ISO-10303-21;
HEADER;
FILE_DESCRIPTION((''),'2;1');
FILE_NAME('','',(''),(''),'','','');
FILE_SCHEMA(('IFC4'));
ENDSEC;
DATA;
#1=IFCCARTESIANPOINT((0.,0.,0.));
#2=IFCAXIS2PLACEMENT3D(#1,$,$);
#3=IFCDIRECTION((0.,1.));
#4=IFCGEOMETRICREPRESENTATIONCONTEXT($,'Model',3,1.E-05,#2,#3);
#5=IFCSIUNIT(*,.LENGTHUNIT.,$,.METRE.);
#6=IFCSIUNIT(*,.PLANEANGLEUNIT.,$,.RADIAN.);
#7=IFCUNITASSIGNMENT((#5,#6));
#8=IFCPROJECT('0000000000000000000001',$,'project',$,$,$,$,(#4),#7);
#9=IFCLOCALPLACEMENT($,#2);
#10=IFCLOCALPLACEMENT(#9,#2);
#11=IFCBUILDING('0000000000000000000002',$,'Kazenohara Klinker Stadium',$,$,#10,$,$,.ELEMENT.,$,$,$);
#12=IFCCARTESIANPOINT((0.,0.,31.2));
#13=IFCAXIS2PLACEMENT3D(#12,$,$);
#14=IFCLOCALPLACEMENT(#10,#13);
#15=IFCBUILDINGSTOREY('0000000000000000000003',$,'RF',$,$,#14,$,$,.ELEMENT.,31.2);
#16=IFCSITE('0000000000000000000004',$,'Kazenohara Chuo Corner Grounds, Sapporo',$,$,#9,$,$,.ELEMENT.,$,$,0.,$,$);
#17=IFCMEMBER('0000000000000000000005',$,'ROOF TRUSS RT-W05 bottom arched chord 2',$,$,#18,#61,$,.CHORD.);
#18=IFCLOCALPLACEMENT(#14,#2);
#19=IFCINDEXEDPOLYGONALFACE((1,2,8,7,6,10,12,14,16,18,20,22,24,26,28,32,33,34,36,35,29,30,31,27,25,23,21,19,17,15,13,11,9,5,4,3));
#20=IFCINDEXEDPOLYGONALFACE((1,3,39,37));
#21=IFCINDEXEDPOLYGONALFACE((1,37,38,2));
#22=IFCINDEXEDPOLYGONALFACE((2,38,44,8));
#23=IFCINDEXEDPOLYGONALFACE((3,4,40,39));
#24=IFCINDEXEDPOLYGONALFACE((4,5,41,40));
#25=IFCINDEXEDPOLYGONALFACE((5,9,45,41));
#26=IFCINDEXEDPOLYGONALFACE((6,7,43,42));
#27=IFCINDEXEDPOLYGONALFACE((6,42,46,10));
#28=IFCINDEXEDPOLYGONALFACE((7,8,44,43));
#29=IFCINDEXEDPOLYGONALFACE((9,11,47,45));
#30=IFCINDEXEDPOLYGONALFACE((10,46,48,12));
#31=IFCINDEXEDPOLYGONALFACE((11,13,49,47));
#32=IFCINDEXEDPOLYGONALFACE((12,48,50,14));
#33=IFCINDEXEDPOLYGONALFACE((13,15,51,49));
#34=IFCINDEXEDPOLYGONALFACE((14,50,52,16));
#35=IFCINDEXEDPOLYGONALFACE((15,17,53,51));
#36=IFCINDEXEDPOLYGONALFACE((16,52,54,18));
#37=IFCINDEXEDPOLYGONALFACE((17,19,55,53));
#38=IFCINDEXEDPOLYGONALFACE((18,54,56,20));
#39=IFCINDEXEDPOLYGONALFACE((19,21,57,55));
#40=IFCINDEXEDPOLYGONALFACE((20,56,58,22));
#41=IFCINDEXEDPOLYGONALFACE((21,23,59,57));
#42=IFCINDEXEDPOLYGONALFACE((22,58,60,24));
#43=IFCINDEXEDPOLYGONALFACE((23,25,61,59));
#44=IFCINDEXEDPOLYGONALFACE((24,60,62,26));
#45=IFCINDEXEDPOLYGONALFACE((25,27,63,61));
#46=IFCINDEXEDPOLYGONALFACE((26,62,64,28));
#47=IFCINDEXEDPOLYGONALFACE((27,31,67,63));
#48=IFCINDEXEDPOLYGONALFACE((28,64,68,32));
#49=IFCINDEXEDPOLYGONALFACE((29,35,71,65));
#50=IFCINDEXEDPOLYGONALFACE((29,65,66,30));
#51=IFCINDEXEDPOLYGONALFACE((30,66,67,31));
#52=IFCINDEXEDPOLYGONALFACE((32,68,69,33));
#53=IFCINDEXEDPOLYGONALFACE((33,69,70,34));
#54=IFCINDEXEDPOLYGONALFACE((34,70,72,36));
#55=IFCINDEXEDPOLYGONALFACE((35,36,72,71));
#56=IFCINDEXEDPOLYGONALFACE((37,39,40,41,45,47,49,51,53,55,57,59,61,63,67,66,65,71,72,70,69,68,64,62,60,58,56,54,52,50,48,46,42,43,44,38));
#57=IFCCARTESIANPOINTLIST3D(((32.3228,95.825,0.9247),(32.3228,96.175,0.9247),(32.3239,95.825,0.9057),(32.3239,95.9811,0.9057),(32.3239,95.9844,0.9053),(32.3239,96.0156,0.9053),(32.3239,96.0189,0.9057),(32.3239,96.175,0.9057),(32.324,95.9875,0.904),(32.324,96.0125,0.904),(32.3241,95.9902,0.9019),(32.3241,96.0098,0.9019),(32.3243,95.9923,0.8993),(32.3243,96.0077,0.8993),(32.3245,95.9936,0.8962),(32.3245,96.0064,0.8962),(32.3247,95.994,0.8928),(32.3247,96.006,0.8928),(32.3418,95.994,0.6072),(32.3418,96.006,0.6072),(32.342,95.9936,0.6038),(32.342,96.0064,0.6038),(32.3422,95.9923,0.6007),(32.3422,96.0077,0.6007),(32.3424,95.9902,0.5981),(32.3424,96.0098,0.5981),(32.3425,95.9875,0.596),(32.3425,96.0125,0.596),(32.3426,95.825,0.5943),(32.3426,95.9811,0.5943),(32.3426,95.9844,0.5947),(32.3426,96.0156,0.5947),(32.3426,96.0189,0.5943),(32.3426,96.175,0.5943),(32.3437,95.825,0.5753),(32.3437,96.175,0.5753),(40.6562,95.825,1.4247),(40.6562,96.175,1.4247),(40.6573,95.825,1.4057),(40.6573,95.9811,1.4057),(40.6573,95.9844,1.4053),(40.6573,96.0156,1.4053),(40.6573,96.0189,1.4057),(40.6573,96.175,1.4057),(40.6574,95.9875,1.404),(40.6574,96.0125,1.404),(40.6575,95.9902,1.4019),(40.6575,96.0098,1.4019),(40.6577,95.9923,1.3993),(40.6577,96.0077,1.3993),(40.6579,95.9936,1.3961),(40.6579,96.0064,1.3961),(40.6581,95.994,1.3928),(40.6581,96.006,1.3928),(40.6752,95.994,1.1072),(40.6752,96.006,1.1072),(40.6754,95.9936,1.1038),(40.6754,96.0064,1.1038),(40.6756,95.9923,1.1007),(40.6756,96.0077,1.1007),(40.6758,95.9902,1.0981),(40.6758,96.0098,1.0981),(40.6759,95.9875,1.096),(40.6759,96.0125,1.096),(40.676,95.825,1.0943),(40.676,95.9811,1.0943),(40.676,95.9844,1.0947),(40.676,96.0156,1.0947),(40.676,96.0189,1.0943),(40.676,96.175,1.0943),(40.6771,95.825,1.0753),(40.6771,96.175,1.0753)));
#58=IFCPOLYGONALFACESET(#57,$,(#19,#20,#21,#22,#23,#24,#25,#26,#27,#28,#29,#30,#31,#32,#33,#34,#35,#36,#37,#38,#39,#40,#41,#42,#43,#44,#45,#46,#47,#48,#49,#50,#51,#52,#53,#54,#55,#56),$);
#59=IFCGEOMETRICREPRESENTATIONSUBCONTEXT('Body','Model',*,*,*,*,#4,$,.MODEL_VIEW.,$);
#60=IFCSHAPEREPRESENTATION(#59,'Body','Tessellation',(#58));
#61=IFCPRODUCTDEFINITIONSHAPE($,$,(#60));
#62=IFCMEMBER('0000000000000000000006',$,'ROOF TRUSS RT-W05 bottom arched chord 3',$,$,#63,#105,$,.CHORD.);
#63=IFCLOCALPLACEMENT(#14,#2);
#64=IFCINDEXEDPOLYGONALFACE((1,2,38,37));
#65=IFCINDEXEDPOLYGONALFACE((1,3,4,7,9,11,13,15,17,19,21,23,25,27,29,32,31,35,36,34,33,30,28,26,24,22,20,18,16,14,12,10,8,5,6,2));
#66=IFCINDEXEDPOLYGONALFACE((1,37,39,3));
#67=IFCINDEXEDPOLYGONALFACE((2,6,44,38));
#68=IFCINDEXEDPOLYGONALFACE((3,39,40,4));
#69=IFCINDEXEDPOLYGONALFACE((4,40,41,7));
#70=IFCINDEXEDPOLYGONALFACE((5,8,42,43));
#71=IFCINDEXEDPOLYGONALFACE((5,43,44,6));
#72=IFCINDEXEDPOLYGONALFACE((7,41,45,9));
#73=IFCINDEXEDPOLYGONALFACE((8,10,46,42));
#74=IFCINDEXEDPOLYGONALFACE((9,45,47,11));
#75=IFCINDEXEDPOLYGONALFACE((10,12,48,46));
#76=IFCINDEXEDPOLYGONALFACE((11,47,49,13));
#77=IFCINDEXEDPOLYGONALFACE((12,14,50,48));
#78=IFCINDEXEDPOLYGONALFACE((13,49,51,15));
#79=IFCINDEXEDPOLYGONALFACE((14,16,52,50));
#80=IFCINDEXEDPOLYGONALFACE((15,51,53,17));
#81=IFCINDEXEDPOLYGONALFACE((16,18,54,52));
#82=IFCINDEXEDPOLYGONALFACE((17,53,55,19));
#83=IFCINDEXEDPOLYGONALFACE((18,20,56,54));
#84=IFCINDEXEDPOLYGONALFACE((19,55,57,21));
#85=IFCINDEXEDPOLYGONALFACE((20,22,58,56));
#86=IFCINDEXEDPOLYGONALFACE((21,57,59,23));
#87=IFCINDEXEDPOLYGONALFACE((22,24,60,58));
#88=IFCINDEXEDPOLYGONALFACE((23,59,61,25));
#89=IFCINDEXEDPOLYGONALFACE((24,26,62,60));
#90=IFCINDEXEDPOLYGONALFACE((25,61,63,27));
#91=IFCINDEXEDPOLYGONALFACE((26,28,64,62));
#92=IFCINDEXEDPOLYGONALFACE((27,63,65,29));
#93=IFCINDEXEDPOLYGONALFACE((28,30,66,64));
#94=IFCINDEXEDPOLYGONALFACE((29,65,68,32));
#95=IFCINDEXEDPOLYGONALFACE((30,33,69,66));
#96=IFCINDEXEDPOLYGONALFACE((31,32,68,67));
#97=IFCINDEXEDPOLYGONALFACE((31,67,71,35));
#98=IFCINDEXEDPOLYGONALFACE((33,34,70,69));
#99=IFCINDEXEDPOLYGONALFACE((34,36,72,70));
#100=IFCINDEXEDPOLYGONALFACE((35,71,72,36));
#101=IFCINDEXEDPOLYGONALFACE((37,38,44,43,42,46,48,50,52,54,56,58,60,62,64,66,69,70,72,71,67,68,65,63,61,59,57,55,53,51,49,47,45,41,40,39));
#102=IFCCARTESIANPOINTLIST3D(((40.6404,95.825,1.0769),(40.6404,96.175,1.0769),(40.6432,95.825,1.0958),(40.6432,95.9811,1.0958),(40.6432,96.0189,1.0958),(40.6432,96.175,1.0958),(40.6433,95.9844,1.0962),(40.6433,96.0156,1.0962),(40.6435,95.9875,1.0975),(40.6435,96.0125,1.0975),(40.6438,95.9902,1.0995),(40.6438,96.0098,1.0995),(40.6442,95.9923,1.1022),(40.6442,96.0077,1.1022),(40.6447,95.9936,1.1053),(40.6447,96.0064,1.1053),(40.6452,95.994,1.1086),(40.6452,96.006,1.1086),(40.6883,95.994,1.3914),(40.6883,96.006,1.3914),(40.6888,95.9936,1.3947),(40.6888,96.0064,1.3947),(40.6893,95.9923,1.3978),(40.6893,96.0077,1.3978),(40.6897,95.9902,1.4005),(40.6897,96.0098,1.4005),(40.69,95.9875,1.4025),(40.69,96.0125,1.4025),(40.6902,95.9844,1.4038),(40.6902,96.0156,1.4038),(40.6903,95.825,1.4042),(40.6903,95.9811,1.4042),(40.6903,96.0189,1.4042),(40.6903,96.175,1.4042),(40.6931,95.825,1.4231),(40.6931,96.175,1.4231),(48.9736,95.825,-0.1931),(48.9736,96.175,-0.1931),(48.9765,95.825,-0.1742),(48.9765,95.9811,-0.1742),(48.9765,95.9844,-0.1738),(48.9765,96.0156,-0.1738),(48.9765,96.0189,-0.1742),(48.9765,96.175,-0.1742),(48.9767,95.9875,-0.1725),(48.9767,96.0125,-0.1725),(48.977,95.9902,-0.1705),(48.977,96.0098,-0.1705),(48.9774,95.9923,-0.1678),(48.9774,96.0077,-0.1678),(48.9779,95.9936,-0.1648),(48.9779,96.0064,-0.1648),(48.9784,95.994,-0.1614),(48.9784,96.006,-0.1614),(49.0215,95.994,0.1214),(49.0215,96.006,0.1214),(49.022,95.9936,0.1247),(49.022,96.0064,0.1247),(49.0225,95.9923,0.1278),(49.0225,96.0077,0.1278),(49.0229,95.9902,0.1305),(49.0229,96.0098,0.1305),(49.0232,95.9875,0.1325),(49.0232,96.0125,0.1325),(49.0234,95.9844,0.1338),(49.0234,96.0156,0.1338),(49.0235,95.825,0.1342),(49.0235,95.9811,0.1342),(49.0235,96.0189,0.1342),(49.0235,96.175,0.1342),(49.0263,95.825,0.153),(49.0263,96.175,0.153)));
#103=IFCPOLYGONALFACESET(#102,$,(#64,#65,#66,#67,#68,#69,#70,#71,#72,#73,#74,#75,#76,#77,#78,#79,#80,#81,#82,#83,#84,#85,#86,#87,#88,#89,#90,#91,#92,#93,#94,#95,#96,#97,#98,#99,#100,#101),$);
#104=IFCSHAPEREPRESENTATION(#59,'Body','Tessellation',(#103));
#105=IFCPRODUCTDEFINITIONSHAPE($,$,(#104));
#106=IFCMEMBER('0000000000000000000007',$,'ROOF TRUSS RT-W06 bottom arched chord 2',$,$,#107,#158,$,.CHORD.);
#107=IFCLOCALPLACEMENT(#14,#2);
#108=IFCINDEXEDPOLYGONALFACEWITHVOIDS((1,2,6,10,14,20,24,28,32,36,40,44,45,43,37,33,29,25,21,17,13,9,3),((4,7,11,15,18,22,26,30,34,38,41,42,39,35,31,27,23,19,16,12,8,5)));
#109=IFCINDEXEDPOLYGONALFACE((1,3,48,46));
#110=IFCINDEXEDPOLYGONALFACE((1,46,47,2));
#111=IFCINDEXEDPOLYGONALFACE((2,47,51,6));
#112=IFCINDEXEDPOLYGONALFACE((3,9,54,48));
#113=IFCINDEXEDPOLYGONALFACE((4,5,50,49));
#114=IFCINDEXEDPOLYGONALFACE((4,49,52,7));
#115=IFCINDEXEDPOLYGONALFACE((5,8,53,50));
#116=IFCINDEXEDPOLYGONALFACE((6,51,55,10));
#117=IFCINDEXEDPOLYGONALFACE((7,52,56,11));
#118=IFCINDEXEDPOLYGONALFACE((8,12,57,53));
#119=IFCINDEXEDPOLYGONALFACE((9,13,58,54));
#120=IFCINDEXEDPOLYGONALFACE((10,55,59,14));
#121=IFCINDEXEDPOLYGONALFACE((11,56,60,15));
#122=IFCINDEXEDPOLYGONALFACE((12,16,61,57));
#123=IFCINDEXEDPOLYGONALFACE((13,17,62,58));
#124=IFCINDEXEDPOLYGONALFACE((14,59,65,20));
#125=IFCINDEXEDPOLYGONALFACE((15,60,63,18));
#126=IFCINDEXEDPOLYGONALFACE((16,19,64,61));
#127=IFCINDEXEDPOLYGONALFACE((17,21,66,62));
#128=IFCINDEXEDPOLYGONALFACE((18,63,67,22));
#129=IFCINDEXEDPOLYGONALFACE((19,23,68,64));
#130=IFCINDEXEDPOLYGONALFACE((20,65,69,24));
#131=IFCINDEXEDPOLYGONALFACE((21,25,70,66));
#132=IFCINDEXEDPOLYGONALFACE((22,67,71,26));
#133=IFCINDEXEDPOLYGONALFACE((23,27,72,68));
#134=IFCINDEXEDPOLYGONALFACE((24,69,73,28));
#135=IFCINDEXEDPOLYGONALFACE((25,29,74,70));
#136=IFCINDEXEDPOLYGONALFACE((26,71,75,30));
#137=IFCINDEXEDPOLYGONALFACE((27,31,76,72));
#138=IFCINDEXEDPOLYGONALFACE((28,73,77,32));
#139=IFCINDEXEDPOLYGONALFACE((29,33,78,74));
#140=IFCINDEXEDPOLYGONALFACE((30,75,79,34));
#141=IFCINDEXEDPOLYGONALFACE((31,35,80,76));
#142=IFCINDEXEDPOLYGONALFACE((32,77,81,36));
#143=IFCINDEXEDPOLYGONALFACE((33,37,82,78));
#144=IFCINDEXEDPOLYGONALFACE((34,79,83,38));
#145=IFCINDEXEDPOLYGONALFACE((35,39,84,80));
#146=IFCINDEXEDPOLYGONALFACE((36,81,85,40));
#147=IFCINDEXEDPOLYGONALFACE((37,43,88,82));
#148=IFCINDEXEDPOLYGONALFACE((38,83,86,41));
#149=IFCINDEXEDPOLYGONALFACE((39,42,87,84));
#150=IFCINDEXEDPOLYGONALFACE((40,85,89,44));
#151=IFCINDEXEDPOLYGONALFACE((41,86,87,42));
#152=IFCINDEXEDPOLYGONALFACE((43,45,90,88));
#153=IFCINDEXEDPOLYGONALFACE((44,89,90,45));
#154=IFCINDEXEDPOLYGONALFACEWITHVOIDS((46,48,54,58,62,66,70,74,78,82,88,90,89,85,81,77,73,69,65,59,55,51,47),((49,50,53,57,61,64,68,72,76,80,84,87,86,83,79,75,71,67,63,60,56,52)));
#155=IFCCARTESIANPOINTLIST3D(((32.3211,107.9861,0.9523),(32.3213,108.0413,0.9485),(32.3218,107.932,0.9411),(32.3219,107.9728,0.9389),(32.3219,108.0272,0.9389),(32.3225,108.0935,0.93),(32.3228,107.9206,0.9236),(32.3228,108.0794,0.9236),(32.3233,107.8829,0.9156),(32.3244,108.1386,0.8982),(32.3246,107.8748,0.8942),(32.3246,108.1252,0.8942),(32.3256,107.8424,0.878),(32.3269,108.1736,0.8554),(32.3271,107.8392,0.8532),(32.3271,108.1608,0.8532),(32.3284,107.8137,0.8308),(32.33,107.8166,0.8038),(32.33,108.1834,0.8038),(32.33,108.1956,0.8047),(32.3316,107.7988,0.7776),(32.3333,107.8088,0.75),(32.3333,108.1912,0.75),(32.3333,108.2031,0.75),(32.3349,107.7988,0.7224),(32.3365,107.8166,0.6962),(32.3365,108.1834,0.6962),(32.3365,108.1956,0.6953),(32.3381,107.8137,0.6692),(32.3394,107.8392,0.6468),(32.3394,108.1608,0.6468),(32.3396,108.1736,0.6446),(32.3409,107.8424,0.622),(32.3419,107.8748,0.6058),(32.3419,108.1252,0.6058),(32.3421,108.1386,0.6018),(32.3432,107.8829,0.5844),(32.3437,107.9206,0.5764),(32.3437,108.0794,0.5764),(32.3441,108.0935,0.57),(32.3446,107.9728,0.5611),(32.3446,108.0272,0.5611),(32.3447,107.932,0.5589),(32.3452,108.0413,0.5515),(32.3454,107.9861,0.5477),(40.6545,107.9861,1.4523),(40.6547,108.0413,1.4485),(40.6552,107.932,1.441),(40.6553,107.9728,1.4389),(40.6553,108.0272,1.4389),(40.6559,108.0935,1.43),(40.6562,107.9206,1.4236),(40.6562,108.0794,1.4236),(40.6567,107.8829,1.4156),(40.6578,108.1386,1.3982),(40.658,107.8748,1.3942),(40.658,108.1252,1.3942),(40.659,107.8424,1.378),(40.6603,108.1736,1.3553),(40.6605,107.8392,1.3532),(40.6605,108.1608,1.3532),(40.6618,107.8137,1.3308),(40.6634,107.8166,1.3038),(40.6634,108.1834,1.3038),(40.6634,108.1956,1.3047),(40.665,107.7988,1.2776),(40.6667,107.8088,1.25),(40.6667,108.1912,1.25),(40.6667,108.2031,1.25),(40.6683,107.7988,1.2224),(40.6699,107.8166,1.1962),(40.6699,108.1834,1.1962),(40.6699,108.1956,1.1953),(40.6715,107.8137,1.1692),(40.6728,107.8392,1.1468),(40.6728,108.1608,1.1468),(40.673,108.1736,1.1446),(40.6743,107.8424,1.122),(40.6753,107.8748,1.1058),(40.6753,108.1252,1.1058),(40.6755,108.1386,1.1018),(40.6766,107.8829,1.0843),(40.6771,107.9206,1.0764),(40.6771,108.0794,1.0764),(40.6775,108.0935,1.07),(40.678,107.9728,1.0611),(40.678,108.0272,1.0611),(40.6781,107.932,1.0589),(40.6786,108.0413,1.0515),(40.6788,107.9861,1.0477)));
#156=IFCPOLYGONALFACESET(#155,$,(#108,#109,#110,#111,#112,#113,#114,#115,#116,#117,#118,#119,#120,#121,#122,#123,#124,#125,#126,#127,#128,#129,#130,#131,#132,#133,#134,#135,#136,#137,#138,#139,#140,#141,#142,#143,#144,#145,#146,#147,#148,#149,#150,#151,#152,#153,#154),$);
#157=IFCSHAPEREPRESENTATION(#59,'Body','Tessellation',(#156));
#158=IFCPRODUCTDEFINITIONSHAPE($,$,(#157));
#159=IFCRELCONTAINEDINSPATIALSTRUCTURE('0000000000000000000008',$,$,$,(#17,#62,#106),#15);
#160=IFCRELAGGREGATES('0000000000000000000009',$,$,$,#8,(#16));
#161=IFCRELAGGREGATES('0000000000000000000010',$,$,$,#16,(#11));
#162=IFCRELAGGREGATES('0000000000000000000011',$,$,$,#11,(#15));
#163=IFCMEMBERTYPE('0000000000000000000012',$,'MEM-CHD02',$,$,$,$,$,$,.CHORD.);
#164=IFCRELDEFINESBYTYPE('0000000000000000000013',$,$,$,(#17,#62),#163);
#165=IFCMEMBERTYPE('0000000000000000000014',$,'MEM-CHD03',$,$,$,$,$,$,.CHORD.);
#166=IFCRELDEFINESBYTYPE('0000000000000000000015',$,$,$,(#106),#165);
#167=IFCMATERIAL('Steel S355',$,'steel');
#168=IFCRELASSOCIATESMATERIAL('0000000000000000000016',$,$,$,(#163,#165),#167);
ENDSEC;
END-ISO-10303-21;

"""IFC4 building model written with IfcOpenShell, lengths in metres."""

from ifc_helpers import new_model, si_unit, direction, frame, origin, origin_2d, place, context, subcontext, project, spatial, hollow_circle, i_section, extrude, material, material_profile, profile_set, type_object, element, save


model = new_model("IFC4")

# Units and contexts
model_context = context("Model", 3, precision=1e-05, world=origin(), true_north=direction((0.0, 1.0)))
body_context = subcontext(model_context, "Body", "Model", "MODEL_VIEW")
ifc_project = project(units=[si_unit("LENGTHUNIT", "METRE"), si_unit("PLANEANGLEUNIT", "RADIAN")], contexts=[model_context])

# Site, building, storey
site_placement = place(None, origin())
site = spatial("IfcSite", under=ifc_project, at=site_placement, Name="Kazenohara Chuo Corner Grounds, Sapporo", CompositionType="ELEMENT", RefElevation=0.0)
building_placement = place(site_placement, origin())
building = spatial("IfcBuilding", under=site, at=building_placement, Name="Kazenohara Klinker Stadium", CompositionType="ELEMENT")
storey_placement = place(building_placement, frame((0.0, 0.0, 31.2)))
storey = spatial("IfcBuildingStorey", under=building, at=storey_placement, Name="RF", CompositionType="ELEMENT", Elevation=31.2)

# Members
ifc_material_1 = material(Name="Steel S355", Category="steel")
ifc_material_profile_1 = material_profile(ifc_material_1, i_section(OverallWidth=0.3501, OverallDepth=0.3501, WebThickness=0.012, FlangeThickness=0.019, FilletRadius=0.0129, at=origin_2d()), Name="H-350x350x12x19")
ifc_profile_set_1 = profile_set([ifc_material_profile_1], Name="Steel S355")
member_type_1 = type_object("IfcMemberType", Name="MEM-CHD02", PredefinedType="CHORD", material=ifc_profile_set_1)
member_1_placement = place(storey_placement, frame((32.3333, 96.0, 0.75), z_axis=(0.998205, 0.0, 0.059891), x_axis=(0.0, 1.0, 0.0)))
element("IfcMember", 1, at=member_1_placement, inside=storey, type_object=member_type_1, Name="ROOF TRUSS RT-W05 bottom arched chord 2", PredefinedType="CHORD", context=body_context, shape_type="SweptSolid", body=[
    extrude(i_section(OverallWidth=0.3501, OverallDepth=0.3501, WebThickness=0.012, FlangeThickness=0.019, FilletRadius=0.0129, at=origin_2d()), origin(), (0.0, 0.0, 1.0), 8.3484),
])
member_2_placement = place(storey_placement, frame((40.6667, 96.0, 1.25), z_axis=(0.988585, 0.0, -0.150664), x_axis=(0.0, 1.0, 0.0)))
element("IfcMember", 2, at=member_2_placement, inside=storey, type_object=member_type_1, Name="ROOF TRUSS RT-W05 bottom arched chord 3", PredefinedType="CHORD", context=body_context, shape_type="SweptSolid", body=[
    extrude(i_section(OverallWidth=0.3501, OverallDepth=0.3501, WebThickness=0.012, FlangeThickness=0.019, FilletRadius=0.0129, at=origin_2d()), origin(), (0.0, 0.0, 1.0), 8.4294),
])
ifc_material_profile_2 = material_profile(ifc_material_1, hollow_circle(Radius=0.2031, WallThickness=0.012, at=origin_2d()), Name="CHS-406.4x12")
ifc_profile_set_2 = profile_set([ifc_material_profile_2], Name="Steel S355")
member_type_2 = type_object("IfcMemberType", Name="MEM-CHD03", PredefinedType="CHORD", material=ifc_profile_set_2)
member_3_placement = place(storey_placement, frame((32.3333, 108.0, 0.75), z_axis=(0.998205, 0.0, 0.059891), x_axis=(0.0, 1.0, 0.0)))
element("IfcMember", 3, at=member_3_placement, inside=storey, type_object=member_type_2, Name="ROOF TRUSS RT-W06 bottom arched chord 2", PredefinedType="CHORD", context=body_context, shape_type="SweptSolid", body=[
    extrude(hollow_circle(Radius=0.2031, WallThickness=0.012, at=origin_2d()), origin(), (0.0, 0.0, 1.0), 8.3484),
])

save(model, "model.ifc")
